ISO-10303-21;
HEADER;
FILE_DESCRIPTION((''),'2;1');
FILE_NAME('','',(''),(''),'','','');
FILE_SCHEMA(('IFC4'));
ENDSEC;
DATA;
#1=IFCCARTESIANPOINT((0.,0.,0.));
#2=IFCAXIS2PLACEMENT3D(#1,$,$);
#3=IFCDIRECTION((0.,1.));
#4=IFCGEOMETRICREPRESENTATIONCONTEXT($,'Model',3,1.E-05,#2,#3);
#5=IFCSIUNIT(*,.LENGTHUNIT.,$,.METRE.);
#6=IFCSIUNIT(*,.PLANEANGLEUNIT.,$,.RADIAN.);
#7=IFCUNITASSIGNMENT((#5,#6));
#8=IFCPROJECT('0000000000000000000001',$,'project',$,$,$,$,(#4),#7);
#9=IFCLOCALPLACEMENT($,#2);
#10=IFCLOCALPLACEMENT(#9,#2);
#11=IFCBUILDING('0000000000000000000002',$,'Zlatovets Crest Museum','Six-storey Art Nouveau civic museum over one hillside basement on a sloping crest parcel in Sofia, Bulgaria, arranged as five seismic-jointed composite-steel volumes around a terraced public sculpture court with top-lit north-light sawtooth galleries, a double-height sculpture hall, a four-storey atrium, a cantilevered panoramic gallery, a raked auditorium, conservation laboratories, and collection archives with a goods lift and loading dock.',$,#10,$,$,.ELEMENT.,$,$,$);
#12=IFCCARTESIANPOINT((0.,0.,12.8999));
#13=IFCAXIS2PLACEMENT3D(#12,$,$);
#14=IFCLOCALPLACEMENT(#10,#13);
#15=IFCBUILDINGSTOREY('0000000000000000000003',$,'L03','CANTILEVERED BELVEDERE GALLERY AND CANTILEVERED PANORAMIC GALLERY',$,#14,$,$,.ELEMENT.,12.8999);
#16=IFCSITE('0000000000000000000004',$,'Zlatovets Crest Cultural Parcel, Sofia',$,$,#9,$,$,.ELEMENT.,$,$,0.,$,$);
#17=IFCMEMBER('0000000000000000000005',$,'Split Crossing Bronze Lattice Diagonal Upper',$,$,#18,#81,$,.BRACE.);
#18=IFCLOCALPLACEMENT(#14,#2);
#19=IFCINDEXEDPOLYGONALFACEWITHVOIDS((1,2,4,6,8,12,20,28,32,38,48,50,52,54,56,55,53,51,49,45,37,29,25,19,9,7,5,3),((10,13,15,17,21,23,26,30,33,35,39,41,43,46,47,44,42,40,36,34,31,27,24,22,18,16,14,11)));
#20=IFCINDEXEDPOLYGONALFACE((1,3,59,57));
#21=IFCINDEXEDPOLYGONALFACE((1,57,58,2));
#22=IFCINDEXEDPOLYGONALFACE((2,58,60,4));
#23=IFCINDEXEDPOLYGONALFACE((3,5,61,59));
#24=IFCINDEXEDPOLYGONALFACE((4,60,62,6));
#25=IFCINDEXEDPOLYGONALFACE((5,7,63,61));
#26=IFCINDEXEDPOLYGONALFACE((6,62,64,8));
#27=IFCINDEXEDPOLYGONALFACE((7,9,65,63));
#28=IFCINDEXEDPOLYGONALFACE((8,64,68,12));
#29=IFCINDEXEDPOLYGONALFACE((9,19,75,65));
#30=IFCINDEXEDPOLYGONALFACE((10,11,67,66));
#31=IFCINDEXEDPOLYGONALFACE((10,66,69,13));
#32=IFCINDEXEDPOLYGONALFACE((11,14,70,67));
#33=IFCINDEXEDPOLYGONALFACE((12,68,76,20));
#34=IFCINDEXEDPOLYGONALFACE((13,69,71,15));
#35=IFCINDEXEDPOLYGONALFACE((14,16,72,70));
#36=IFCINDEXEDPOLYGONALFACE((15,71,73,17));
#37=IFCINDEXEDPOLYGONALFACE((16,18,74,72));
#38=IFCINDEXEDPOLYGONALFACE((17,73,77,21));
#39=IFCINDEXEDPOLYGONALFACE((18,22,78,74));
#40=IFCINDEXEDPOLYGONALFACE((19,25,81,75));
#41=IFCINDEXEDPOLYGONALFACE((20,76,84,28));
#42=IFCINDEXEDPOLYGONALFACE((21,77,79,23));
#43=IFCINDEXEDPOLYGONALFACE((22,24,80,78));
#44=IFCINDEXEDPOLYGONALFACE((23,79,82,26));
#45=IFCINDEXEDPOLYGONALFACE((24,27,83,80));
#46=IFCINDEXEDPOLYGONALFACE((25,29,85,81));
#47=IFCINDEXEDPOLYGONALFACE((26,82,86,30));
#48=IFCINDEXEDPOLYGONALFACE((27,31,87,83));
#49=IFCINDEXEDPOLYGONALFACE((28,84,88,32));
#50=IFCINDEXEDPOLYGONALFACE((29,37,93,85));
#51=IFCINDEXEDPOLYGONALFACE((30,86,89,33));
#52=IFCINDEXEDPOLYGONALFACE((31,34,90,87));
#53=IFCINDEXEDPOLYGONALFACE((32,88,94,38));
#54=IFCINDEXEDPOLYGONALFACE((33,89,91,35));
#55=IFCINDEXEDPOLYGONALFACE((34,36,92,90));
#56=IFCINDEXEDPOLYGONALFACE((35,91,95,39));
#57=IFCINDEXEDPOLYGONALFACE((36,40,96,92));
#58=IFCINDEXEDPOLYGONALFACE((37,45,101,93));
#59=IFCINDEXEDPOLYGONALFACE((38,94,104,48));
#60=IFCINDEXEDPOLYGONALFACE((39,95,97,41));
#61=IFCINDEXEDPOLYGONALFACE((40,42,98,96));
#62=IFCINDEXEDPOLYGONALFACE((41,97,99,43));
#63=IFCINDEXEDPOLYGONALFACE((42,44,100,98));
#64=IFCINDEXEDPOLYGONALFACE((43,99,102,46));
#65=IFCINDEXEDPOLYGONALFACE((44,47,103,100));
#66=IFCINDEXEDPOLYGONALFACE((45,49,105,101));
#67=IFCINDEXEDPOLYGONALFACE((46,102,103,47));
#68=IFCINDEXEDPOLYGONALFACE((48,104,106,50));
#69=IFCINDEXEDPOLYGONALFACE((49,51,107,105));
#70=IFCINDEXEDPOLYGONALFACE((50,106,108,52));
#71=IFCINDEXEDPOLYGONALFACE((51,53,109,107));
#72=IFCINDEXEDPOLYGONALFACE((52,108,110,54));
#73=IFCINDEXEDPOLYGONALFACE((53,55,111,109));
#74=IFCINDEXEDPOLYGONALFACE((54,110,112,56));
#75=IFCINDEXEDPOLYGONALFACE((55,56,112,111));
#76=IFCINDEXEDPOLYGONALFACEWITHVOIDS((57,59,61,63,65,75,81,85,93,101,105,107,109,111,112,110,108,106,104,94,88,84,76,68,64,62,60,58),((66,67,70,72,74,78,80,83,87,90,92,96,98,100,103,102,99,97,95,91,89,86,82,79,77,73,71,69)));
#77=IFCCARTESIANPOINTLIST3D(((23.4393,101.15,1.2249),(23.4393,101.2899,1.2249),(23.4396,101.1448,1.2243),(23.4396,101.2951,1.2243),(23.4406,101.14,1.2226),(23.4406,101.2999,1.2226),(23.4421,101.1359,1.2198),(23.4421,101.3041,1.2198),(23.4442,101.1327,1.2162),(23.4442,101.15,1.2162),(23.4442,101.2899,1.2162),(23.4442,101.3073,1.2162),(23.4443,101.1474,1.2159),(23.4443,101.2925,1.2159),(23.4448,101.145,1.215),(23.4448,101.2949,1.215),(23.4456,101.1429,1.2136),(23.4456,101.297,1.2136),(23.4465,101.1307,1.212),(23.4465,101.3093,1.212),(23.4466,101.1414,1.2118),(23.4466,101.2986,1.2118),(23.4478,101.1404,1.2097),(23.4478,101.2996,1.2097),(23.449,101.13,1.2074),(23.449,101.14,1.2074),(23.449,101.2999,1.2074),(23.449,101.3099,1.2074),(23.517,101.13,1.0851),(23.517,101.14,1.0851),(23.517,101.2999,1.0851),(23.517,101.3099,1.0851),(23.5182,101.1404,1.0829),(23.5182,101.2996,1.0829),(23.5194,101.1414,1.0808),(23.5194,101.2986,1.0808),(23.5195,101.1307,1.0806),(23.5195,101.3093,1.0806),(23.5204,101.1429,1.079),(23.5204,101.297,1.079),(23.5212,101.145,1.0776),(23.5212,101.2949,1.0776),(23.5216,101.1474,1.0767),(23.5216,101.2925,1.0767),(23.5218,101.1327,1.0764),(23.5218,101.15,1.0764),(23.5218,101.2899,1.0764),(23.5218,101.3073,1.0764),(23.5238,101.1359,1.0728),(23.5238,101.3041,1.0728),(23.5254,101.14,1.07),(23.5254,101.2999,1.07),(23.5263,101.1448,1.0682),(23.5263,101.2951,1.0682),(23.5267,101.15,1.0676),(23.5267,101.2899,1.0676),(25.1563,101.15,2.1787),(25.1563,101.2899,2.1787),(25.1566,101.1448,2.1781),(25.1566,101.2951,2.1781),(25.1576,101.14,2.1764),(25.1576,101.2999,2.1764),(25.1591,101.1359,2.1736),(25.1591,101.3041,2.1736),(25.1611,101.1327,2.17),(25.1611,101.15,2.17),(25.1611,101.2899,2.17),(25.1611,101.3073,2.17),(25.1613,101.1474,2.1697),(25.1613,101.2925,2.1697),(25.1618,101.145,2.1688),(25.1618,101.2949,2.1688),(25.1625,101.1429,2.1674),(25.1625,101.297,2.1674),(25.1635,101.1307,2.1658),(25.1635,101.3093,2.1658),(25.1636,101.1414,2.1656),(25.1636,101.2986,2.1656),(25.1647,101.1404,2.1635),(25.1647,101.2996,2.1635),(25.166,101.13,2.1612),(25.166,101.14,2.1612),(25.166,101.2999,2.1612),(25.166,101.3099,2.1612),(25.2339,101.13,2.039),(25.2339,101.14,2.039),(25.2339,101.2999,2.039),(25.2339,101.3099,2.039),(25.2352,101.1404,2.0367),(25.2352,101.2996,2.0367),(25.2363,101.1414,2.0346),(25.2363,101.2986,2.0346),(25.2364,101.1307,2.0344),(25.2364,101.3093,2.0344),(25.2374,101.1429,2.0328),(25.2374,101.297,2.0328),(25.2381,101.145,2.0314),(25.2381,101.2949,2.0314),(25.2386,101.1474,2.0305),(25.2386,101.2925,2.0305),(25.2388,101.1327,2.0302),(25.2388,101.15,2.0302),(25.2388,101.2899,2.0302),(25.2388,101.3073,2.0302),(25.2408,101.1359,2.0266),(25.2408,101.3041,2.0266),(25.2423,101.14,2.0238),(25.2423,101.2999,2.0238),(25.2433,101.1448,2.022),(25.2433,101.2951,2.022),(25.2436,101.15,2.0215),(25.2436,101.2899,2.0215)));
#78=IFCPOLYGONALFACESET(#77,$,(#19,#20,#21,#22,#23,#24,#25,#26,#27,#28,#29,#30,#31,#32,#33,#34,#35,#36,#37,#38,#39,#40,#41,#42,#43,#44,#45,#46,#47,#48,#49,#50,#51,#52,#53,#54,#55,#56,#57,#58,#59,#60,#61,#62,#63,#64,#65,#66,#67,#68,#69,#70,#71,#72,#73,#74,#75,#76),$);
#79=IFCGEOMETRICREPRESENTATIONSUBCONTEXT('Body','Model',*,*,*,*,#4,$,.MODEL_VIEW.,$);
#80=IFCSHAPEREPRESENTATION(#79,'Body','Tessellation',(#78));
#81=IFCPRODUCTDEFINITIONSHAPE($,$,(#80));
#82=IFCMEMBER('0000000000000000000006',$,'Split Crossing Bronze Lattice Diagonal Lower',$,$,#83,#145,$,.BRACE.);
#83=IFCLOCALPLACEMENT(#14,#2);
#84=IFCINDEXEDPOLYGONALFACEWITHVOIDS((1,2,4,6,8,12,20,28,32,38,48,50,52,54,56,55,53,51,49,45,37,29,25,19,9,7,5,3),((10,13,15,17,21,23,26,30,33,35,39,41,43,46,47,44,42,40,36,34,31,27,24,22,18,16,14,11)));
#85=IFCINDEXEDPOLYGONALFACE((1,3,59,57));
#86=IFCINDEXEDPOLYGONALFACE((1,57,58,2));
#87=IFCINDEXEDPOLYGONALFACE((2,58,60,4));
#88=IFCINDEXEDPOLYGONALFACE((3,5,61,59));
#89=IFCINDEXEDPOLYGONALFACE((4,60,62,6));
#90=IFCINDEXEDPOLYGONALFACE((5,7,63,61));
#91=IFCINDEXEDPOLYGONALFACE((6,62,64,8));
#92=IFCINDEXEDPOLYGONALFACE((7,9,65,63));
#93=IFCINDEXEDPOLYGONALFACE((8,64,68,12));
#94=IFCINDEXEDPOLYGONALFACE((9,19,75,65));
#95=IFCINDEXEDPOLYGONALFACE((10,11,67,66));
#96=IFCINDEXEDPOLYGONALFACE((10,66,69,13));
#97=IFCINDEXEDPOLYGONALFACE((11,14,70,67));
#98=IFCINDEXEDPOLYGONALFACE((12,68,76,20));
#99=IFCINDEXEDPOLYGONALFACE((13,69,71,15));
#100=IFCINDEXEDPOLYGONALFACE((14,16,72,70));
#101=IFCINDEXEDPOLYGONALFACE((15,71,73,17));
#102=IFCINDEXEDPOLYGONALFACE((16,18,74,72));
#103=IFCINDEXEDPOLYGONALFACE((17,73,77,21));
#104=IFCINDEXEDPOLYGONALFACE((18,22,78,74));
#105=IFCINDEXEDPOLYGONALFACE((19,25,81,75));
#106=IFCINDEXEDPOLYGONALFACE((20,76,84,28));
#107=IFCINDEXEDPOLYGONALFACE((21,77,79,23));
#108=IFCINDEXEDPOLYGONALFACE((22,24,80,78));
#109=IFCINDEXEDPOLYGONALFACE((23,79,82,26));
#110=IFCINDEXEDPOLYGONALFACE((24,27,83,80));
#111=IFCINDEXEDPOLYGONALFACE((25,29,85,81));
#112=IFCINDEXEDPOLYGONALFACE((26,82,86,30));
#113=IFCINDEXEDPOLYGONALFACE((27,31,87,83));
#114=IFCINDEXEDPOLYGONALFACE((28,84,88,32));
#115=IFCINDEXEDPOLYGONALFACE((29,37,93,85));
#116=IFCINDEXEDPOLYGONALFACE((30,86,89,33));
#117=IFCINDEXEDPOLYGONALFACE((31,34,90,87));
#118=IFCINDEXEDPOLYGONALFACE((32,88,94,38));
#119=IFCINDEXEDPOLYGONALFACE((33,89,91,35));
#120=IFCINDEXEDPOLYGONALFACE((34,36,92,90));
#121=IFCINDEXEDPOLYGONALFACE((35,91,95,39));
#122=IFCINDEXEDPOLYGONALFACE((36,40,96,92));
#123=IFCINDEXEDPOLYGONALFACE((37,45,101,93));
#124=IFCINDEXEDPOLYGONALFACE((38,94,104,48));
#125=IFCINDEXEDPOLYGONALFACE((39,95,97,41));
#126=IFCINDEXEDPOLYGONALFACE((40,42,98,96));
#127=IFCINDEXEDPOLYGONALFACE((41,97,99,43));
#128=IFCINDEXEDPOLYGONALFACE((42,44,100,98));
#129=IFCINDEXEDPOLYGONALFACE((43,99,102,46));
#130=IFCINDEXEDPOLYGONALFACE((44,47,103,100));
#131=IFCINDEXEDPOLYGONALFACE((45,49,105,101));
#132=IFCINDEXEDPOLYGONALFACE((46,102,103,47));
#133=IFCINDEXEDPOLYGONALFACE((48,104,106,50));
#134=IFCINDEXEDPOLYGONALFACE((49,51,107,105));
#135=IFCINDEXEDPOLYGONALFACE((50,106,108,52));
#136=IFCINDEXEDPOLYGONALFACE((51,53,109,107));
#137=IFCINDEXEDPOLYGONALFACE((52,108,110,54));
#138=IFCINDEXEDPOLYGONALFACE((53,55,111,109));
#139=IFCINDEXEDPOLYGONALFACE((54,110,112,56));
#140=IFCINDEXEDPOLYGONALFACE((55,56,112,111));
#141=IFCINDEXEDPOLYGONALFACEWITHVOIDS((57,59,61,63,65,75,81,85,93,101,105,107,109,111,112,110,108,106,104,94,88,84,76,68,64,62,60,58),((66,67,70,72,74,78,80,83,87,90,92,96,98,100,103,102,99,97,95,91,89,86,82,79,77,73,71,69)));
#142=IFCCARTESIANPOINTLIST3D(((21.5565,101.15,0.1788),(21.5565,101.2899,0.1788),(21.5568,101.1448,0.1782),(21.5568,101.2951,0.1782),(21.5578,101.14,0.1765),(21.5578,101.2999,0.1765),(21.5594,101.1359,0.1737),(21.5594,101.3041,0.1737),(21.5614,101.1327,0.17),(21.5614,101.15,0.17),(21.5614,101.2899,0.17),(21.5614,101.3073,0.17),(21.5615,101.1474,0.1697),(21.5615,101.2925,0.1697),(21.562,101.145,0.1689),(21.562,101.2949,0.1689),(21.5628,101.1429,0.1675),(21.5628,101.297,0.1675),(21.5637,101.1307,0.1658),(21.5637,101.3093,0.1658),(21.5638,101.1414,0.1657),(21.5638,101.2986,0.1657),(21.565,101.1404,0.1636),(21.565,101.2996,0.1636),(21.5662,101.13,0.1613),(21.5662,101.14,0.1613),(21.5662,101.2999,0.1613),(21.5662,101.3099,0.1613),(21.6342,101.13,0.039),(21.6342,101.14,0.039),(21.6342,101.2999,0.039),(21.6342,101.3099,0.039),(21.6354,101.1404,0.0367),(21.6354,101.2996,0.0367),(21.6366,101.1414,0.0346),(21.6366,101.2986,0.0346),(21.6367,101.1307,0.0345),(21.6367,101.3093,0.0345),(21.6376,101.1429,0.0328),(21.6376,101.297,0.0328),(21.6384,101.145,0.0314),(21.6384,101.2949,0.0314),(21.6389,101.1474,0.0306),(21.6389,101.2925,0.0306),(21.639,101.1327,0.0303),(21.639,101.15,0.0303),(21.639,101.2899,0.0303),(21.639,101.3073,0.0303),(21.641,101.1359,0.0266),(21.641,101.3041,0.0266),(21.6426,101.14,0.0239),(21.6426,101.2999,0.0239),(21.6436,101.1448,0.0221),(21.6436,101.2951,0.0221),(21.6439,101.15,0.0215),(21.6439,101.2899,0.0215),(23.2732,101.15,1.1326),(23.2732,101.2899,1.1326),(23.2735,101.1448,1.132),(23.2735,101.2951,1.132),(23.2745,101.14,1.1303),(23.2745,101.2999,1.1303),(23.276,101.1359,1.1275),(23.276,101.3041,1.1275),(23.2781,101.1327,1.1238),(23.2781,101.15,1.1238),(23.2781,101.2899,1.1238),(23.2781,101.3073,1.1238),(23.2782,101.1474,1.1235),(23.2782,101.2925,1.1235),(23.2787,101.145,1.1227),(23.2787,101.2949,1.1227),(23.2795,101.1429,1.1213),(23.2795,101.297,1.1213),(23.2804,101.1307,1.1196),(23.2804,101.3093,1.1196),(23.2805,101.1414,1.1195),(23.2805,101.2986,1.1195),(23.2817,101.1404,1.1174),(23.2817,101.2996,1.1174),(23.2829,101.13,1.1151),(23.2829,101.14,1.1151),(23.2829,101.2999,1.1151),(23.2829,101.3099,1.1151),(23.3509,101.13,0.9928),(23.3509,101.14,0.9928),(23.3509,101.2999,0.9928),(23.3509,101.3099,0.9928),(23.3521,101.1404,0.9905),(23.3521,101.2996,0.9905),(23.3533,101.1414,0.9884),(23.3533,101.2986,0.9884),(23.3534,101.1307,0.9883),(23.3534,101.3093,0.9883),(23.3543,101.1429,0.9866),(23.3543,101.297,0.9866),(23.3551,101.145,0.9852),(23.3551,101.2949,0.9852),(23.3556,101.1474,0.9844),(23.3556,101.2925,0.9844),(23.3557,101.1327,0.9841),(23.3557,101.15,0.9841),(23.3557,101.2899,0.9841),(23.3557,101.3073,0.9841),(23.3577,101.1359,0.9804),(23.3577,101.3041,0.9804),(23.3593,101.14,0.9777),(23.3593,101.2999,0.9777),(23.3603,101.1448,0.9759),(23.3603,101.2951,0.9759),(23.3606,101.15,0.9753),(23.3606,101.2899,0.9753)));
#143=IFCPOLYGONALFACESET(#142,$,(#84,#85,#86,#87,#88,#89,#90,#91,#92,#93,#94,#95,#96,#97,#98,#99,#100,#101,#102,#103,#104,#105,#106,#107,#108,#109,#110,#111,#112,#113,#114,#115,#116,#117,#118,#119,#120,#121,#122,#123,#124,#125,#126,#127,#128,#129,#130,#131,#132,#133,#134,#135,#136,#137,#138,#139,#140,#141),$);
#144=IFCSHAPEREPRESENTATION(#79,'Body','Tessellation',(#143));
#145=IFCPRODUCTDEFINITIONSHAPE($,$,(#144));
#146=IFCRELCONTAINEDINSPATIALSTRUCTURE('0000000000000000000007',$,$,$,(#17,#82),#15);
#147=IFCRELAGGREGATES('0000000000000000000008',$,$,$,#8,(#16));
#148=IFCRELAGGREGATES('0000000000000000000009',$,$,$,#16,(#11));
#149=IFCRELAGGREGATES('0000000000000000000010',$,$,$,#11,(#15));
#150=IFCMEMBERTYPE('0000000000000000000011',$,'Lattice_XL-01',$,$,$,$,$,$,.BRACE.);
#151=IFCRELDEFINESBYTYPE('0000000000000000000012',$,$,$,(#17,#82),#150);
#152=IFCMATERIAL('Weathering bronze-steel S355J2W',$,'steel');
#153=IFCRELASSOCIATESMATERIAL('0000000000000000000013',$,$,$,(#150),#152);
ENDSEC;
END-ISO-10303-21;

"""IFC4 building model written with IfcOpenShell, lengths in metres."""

from ifc_helpers import new_model, si_unit, direction, frame, origin, origin_2d, place, context, subcontext, project, spatial, hollow_rectangle, extrude, material, material_profile, profile_set, type_object, element, save


model = new_model("IFC4")

# Units and contexts
model_context = context("Model", 3, precision=1e-05, world=origin(), true_north=direction((0.0, 1.0)))
body_context = subcontext(model_context, "Body", "Model", "MODEL_VIEW")
ifc_project = project(units=[si_unit("LENGTHUNIT", "METRE"), si_unit("PLANEANGLEUNIT", "RADIAN")], contexts=[model_context])

# Site, building, storey
site_placement = place(None, origin())
site = spatial("IfcSite", under=ifc_project, at=site_placement, Name="Zlatovets Crest Cultural Parcel, Sofia", CompositionType="ELEMENT", RefElevation=0.0)
building_placement = place(site_placement, origin())
building = spatial("IfcBuilding", under=site, at=building_placement, Name="Zlatovets Crest Museum", Description="Six-storey Art Nouveau civic museum over one hillside basement on a sloping crest parcel in Sofia, Bulgaria, arranged as five seismic-jointed composite-steel volumes around a terraced public sculpture court with top-lit north-light sawtooth galleries, a double-height sculpture hall, a four-storey atrium, a cantilevered panoramic gallery, a raked auditorium, conservation laboratories, and collection archives with a goods lift and loading dock.", CompositionType="ELEMENT")
storey_placement = place(building_placement, frame((0.0, 0.0, 12.8999)))
storey = spatial("IfcBuildingStorey", under=building, at=storey_placement, Name="L03", Description="CANTILEVERED BELVEDERE GALLERY AND CANTILEVERED PANORAMIC GALLERY", CompositionType="ELEMENT", Elevation=12.8999)

# Members
ifc_material_1 = material(Name="Weathering bronze-steel S355J2W", Category="steel")
ifc_material_profile_1 = material_profile(ifc_material_1, hollow_rectangle(XDim=0.1799, YDim=0.1799, WallThickness=0.01, InnerFilletRadius=0.01, OuterFilletRadius=0.02, at=origin_2d()), Name="SHS 180x180x10.0")
ifc_profile_set_1 = profile_set([ifc_material_profile_1], Name="Weathering bronze-steel S355J2W")
member_type_1 = type_object("IfcMemberType", Name="Lattice_XL-01", PredefinedType="BRACE", material=ifc_profile_set_1)
member_1_placement = place(storey_placement, frame((25.2, 101.22, 2.1001), z_axis=(-0.874169, 0.0, -0.485622), x_axis=(0.0, -1.0, 0.0)))
element("IfcMember", 1, at=member_1_placement, inside=storey, type_object=member_type_1, Name="Split Crossing Bronze Lattice Diagonal Upper", PredefinedType="BRACE", context=body_context, shape_type="SweptSolid", body=[
    extrude(hollow_rectangle(XDim=0.1799, YDim=0.1799, WallThickness=0.01, InnerFilletRadius=0.01, OuterFilletRadius=0.02, at=origin_2d()), origin(), (0.0, 0.0, 1.0), 1.9641),
])
member_2_placement = place(storey_placement, frame((23.3169, 101.22, 1.054), z_axis=(-0.87414, 0.0, -0.485675), x_axis=(0.0, -1.0, 0.0)))
element("IfcMember", 2, at=member_2_placement, inside=storey, type_object=member_type_1, Name="Split Crossing Bronze Lattice Diagonal Lower", PredefinedType="BRACE", context=body_context, shape_type="SweptSolid", body=[
    extrude(hollow_rectangle(XDim=0.1799, YDim=0.1799, WallThickness=0.01, InnerFilletRadius=0.01, OuterFilletRadius=0.02, at=origin_2d()), origin(), (0.0, 0.0, 1.0), 1.9639),
])

save(model, "model.ifc")
